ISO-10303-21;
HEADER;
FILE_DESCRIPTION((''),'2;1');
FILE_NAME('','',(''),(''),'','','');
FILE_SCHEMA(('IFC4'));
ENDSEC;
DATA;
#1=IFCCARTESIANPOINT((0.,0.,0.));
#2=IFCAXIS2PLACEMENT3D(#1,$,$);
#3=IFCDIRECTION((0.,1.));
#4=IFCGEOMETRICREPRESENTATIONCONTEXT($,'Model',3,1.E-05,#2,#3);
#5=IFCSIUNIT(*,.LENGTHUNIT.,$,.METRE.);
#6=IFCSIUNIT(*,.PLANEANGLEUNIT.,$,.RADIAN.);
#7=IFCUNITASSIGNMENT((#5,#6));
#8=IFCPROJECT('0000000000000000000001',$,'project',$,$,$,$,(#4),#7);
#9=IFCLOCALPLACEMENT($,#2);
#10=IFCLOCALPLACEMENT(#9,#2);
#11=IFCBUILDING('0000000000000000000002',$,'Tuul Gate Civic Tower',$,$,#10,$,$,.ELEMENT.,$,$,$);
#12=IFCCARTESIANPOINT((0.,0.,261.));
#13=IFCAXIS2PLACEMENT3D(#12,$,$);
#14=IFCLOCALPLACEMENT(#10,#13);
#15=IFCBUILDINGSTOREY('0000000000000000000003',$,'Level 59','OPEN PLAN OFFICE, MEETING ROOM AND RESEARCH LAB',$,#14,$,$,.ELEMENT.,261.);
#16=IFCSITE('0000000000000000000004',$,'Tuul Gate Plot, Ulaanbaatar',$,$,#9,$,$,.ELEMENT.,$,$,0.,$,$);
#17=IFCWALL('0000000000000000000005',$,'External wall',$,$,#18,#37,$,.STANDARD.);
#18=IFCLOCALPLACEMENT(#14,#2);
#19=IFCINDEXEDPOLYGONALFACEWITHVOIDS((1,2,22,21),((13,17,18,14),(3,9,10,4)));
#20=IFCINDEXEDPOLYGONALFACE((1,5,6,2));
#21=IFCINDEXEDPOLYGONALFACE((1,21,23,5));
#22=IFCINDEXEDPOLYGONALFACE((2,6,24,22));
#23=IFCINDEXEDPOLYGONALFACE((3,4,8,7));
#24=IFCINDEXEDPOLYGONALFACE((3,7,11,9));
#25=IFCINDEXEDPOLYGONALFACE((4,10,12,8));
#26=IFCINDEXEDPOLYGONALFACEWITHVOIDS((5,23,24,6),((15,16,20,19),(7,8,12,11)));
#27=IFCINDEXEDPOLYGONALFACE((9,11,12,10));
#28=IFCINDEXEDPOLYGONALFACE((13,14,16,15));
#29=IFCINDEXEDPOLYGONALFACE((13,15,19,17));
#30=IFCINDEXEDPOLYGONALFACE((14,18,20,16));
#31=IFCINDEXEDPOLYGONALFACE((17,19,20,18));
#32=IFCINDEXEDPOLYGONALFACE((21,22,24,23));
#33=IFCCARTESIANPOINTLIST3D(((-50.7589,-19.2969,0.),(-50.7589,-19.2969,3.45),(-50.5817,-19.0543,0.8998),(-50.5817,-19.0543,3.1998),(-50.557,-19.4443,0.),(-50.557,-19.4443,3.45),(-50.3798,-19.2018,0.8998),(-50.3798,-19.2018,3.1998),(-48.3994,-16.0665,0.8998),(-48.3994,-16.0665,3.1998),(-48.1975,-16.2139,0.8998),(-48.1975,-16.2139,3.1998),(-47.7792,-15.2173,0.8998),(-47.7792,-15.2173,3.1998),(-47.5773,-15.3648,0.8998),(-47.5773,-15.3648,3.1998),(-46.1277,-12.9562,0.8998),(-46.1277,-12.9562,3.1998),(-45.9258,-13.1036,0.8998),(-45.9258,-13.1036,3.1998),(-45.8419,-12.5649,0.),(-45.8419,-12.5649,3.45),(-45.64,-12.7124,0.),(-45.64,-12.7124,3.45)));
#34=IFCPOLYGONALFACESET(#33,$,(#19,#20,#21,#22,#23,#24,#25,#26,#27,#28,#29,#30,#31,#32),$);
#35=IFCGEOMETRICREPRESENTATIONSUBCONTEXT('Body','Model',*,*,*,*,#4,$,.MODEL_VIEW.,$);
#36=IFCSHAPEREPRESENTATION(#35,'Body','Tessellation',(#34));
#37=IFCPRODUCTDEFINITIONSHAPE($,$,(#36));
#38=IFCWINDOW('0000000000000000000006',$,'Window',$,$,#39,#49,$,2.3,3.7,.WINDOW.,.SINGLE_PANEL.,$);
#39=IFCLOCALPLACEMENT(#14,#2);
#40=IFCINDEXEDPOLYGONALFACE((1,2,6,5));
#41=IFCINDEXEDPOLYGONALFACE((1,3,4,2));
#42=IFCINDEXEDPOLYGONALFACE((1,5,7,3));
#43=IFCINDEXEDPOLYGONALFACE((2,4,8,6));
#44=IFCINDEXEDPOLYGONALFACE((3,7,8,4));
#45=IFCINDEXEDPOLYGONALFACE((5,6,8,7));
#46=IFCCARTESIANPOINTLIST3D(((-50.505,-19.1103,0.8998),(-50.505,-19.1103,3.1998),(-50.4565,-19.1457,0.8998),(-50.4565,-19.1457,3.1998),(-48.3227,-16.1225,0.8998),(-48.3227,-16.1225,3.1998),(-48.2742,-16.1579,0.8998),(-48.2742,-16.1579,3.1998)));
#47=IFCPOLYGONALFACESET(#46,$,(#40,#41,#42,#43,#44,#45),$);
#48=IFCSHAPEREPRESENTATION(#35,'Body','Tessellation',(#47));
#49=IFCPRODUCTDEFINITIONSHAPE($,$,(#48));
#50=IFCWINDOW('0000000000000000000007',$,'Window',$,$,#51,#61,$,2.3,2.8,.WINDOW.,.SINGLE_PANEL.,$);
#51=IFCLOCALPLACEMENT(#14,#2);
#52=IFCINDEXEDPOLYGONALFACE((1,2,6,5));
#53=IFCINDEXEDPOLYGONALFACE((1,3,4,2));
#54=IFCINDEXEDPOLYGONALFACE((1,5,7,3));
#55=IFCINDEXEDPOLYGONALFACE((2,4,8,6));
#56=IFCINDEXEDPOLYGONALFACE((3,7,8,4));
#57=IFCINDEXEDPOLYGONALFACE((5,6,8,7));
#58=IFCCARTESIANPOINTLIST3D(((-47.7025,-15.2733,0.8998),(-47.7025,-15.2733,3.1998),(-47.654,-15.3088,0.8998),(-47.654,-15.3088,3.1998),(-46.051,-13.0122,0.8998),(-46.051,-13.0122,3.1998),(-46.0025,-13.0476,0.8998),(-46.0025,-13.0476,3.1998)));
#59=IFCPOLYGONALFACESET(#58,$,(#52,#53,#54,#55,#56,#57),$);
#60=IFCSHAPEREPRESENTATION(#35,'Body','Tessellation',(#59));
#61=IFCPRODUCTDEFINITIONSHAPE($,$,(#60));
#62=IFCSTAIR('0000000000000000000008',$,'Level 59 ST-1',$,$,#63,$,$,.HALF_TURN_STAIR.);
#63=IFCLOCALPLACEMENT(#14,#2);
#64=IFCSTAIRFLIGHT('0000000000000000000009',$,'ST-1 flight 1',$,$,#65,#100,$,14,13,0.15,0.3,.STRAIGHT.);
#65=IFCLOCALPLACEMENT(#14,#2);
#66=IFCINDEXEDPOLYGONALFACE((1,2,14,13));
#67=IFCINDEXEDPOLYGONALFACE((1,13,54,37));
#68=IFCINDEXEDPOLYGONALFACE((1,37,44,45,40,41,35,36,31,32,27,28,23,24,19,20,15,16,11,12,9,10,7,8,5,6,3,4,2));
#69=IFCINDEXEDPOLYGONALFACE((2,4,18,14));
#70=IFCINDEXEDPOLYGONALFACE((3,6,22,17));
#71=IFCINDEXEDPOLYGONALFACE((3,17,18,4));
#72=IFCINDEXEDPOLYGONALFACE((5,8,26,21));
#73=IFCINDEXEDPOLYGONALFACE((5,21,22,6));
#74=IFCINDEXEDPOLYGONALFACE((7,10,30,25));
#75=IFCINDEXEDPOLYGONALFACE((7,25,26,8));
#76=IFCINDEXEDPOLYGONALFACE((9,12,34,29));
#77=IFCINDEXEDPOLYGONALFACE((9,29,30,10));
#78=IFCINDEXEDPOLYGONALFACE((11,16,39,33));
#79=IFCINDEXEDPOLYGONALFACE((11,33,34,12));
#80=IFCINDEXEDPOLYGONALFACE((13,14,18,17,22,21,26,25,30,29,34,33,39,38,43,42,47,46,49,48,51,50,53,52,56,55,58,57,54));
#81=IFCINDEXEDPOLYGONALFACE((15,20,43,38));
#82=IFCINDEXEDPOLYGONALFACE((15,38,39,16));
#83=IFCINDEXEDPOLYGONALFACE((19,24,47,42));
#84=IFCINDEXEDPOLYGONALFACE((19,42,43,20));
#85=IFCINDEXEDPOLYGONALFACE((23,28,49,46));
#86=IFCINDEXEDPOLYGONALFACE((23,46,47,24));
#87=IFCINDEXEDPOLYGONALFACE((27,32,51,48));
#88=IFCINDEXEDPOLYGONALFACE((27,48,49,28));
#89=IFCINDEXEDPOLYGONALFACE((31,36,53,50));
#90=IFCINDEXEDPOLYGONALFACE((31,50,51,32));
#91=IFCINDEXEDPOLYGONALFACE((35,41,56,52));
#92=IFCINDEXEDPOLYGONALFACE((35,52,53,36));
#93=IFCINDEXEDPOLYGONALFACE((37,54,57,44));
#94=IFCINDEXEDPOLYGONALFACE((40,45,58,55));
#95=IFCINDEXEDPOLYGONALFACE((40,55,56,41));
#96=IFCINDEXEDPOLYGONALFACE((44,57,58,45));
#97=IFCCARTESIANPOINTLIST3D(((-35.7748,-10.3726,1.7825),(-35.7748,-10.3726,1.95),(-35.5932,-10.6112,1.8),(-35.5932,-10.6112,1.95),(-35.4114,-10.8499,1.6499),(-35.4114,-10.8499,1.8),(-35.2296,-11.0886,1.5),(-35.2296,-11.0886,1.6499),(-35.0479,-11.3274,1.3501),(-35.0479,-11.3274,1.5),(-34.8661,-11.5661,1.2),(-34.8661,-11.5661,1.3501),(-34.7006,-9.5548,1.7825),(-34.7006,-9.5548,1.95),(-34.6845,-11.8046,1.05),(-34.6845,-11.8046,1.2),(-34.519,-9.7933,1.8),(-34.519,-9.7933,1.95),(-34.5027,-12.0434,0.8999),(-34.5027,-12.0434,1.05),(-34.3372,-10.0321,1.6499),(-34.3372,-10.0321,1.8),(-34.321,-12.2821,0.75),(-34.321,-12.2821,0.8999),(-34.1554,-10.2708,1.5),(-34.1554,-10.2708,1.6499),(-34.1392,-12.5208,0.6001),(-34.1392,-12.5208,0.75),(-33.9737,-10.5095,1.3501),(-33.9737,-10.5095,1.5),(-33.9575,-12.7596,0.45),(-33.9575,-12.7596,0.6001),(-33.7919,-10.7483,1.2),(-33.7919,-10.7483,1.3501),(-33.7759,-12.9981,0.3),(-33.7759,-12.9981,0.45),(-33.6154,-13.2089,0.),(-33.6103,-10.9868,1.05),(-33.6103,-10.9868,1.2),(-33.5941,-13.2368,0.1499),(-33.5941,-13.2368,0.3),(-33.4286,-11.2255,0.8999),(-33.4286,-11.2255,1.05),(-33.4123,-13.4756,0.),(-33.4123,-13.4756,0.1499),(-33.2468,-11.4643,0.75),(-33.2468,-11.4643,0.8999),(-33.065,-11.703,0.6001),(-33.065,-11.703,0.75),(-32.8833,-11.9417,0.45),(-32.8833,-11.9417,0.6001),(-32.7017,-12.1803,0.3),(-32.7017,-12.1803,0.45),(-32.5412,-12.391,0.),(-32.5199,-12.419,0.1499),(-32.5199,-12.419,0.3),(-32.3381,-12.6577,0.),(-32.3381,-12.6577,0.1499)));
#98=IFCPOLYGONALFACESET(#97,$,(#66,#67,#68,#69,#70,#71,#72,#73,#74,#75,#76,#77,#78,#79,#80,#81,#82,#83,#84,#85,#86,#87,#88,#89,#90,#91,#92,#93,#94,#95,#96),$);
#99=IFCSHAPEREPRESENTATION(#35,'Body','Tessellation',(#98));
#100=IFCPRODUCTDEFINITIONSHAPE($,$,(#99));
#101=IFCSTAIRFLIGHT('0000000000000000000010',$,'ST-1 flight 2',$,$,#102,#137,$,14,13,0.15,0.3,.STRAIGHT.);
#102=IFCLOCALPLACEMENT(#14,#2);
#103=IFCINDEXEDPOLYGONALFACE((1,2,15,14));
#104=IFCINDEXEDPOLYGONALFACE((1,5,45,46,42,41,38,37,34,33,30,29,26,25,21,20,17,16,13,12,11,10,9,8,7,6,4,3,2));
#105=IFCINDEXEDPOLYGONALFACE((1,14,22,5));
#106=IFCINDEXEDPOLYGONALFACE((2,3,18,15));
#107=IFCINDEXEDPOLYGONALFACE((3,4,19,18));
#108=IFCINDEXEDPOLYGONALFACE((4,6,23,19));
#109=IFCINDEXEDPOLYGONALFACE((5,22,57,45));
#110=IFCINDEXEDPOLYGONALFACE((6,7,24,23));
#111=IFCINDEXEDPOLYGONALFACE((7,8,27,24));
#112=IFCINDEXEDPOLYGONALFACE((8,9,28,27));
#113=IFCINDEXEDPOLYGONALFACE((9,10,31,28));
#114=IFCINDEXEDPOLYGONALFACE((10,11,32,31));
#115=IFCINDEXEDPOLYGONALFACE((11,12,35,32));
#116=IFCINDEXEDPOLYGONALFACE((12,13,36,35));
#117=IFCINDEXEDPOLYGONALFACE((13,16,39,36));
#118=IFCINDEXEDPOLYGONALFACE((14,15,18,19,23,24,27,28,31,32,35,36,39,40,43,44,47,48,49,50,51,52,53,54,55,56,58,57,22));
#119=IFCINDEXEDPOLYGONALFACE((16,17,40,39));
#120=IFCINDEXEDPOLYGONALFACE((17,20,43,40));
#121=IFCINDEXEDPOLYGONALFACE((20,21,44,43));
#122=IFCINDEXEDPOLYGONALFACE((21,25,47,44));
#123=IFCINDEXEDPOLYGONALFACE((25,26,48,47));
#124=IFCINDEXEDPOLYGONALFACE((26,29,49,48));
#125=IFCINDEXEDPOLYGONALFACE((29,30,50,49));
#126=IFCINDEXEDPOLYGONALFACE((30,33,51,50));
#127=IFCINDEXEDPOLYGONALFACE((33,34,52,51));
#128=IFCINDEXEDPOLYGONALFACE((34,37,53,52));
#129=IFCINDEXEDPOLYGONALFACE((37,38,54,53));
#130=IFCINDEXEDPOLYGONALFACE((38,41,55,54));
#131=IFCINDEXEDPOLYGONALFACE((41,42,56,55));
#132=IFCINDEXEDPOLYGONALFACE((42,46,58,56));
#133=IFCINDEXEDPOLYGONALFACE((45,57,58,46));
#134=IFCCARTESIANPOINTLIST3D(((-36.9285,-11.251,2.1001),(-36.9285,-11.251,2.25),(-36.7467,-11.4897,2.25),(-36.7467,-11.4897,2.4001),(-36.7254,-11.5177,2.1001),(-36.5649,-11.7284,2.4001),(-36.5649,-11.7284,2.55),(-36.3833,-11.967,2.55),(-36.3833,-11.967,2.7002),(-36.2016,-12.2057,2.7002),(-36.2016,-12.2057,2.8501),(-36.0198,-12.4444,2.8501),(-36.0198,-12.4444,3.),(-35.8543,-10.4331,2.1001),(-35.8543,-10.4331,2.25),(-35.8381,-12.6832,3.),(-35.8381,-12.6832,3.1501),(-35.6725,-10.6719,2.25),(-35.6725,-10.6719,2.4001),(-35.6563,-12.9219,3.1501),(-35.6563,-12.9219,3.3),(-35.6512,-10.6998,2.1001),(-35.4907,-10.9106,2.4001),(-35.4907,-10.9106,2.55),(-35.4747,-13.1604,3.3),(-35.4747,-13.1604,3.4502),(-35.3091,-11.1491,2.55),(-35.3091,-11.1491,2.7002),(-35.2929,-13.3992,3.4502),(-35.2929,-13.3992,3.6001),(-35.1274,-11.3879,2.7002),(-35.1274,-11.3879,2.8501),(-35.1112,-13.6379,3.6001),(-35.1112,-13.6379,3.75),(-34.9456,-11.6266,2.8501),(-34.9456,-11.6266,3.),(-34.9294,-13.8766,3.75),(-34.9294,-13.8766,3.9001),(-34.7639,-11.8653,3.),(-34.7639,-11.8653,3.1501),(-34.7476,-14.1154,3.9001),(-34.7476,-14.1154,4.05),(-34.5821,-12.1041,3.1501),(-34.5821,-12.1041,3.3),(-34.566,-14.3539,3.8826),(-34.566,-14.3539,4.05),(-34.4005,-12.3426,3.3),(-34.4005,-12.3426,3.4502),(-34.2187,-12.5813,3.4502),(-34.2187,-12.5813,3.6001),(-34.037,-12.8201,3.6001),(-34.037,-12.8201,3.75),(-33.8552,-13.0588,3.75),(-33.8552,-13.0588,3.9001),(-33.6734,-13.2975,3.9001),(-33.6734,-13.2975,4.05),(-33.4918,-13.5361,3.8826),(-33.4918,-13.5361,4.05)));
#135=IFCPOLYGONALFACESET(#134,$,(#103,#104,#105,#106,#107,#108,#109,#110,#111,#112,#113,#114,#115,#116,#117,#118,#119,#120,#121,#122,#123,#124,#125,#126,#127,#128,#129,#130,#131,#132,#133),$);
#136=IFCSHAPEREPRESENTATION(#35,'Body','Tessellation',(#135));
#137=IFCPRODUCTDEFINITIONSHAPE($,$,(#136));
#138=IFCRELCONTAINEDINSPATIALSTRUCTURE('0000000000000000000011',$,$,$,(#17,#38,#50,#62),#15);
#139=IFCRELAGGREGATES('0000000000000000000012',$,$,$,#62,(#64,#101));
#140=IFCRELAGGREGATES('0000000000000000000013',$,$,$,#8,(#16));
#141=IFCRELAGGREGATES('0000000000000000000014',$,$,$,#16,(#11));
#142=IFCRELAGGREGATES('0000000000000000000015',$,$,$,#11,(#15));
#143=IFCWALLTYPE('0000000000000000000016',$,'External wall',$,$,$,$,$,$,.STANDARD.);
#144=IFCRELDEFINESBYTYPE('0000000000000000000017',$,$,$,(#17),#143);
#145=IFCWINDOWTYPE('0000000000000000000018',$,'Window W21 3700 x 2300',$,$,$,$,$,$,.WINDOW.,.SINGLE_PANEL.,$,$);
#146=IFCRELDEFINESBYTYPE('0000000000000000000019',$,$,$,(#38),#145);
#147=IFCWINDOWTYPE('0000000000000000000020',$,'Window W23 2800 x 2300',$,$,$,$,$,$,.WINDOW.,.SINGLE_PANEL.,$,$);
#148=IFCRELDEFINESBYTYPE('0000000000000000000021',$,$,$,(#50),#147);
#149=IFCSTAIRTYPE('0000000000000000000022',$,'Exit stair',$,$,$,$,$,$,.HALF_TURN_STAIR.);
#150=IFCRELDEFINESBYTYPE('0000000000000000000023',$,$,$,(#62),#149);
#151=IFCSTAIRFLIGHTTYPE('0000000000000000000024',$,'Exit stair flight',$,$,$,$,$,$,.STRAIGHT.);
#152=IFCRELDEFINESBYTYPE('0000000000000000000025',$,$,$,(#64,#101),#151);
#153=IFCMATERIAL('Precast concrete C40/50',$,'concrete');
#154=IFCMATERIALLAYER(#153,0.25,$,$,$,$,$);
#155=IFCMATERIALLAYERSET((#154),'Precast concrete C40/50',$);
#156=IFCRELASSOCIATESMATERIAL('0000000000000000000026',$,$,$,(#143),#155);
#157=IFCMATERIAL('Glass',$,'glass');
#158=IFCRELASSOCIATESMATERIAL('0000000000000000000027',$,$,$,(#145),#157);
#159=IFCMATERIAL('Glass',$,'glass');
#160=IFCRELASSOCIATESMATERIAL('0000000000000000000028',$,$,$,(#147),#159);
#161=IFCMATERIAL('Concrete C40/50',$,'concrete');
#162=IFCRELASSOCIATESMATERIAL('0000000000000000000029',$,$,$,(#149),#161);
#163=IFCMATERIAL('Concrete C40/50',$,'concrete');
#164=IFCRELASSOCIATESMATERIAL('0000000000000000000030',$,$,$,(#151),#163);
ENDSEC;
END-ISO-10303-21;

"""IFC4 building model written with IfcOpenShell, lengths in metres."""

from ifc_helpers import new_model, si_unit, direction, frame, frame_2d, origin, place, context, subcontext, project, spatial, polyline, rectangle, outline, extrude, material, layer, layer_set, type_object, element, fill, aggregate, save


model = new_model("IFC4")

# Units and contexts
model_context = context("Model", 3, precision=1e-05, world=origin(), true_north=direction((0.0, 1.0)))
body_context = subcontext(model_context, "Body", "Model", "MODEL_VIEW")
ifc_project = project(units=[si_unit("LENGTHUNIT", "METRE"), si_unit("PLANEANGLEUNIT", "RADIAN")], contexts=[model_context])

# Site, building, storey
site_placement = place(None, origin())
site = spatial("IfcSite", under=ifc_project, at=site_placement, Name="Tuul Gate Plot, Ulaanbaatar", CompositionType="ELEMENT", RefElevation=0.0)
building_placement = place(site_placement, origin())
building = spatial("IfcBuilding", under=site, at=building_placement, Name="Tuul Gate Civic Tower", CompositionType="ELEMENT")
storey_placement = place(building_placement, frame((0.0, 0.0, 261.0)))
storey = spatial("IfcBuildingStorey", under=building, at=storey_placement, Name="Level 59", Description="OPEN PLAN OFFICE, MEETING ROOM AND RESEARCH LAB", CompositionType="ELEMENT", Elevation=261.0)

# Wall, openings, windows
ifc_material_1 = material(Name="Precast concrete C40/50", Category="concrete")
ifc_layer_1 = layer(ifc_material_1, 0.25)
ifc_layer_set_1 = layer_set([ifc_layer_1], Name="Precast concrete C40/50")
wall_type_1 = type_object("IfcWallType", Name="External wall", PredefinedType="STANDARD", material=ifc_layer_set_1)
wall_1_placement = place(storey_placement, frame((-45.741, -12.6387, 0.0), z_axis=(0.0, 0.0, 1.0), x_axis=(-0.589821, -0.807534, 0.0)))
wall_1 = element("IfcWall", 1, at=wall_1_placement, inside=storey, type_object=wall_type_1, Name="External wall", PredefinedType="STANDARD", context=body_context, shape_type="SweptSolid", body=[
    extrude(rectangle(XDim=8.3364, YDim=0.25, at=frame_2d((4.1682, 0.0))), origin(), (0.0, 0.0, 1.0), 3.45),
])
opening_1_placement = place(wall_1_placement, frame((0.4846, 0.0, 0.8999)))
opening_1 = element("IfcOpeningElement", 2, at=opening_1_placement, cuts=wall_1, PredefinedType="OPENING", context=body_context, shape_type="SweptSolid", body=[
    extrude(rectangle(XDim=2.8, YDim=2.3, at=frame_2d((1.3999, 1.1499))), frame((0.0, 0.135, 0.0), z_axis=(0.0, -1.0, 0.0), x_axis=(1.0, 0.0, 0.0)), (0.0, 0.0, 1.0), 0.27),
])
opening_2_placement = place(wall_1_placement, frame((4.3359, 0.0, 0.8999)))
opening_2 = element("IfcOpeningElement", 3, at=opening_2_placement, cuts=wall_1, PredefinedType="OPENING", context=body_context, shape_type="SweptSolid", body=[
    extrude(rectangle(XDim=3.7, YDim=2.3, at=frame_2d((1.8501, 1.1499))), frame((0.0, 0.135, 0.0), z_axis=(0.0, -1.0, 0.0), x_axis=(1.0, 0.0, 0.0)), (0.0, 0.0, 1.0), 0.27),
])
ifc_material_2 = material(Name="Glass", Category="glass")
window_type_1 = type_object("IfcWindowType", Name="Window W21 3700 x 2300", PartitioningType="SINGLE_PANEL", PredefinedType="WINDOW", material=ifc_material_2)
window_1_placement = place(opening_2_placement, origin())
window_1 = element("IfcWindow", 4, at=window_1_placement, inside=storey, type_object=window_type_1, Name="Window", OverallHeight=2.3, OverallWidth=3.7, PartitioningType="SINGLE_PANEL", PredefinedType="WINDOW", context=body_context, shape_type="SweptSolid", body=[
    extrude(rectangle(XDim=3.7, YDim=2.3, at=frame_2d((1.8501, 1.1499))), frame((0.0, 0.03, 0.0), z_axis=(0.0, -1.0, 0.0), x_axis=(1.0, 0.0, 0.0)), (0.0, 0.0, 1.0), 0.0601),
])
fill(opening_2, window_1)
ifc_material_3 = material(Name="Glass", Category="glass")
window_type_2 = type_object("IfcWindowType", Name="Window W23 2800 x 2300", PartitioningType="SINGLE_PANEL", PredefinedType="WINDOW", material=ifc_material_3)
window_2_placement = place(opening_1_placement, origin())
window_2 = element("IfcWindow", 5, at=window_2_placement, inside=storey, type_object=window_type_2, Name="Window", OverallHeight=2.3, OverallWidth=2.8, PartitioningType="SINGLE_PANEL", PredefinedType="WINDOW", context=body_context, shape_type="SweptSolid", body=[
    extrude(rectangle(XDim=2.8, YDim=2.3, at=frame_2d((1.3999, 1.1499))), frame((0.0, 0.03, 0.0), z_axis=(0.0, -1.0, 0.0), x_axis=(1.0, 0.0, 0.0)), (0.0, 0.0, 1.0), 0.0601),
])
fill(opening_1, window_2)

# Stair, stair flights
ifc_material_4 = material(Name="Concrete C40/50", Category="concrete")
stair_type = type_object("IfcStairType", Name="Exit stair", PredefinedType="HALF_TURN_STAIR", material=ifc_material_4)
stair_placement = place(storey_placement, origin())
stair = element("IfcStair", 6, at=stair_placement, inside=storey, type_object=stair_type, Name="Level 59 ST-1", PredefinedType="HALF_TURN_STAIR")
ifc_material_5 = material(Name="Concrete C40/50", Category="concrete")
stair_flight_type = type_object("IfcStairFlightType", Name="Exit stair flight", PredefinedType="STRAIGHT", material=ifc_material_5)
stair_flight_1_placement = place(storey_placement, frame((-32.8752, -13.0667, 0.0), z_axis=(0.0, 0.0, 1.0), x_axis=(-0.605764, 0.795644, 0.0)))
stair_flight_1 = element("IfcStairFlight", 7, at=stair_flight_1_placement, type_object=stair_flight_type, Name="ST-1 flight 1", NumberOfRisers=14, NumberOfTreads=13, PredefinedType="STRAIGHT", RiserHeight=0.15, TreadLength=0.3, context=body_context, shape_type="SweptSolid", body=[
    extrude(outline(polyline([(0.0, 0.0), (0.0, 0.1499), (0.3, 0.1499), (0.3, 0.3), (0.6001, 0.3), (0.6001, 0.45), (0.8999, 0.45), (0.8999, 0.6001), (1.2, 0.6001), (1.2, 0.75), (1.5, 0.75), (1.5, 0.8999), (1.8, 0.8999), (1.8, 1.05), (2.1001, 1.05), (2.1001, 1.2), (2.3999, 1.2), (2.3999, 1.3501), (2.7, 1.3501), (2.7, 1.5), (3.0, 1.5), (3.0, 1.6499), (3.3, 1.6499), (3.3, 1.8), (3.6001, 1.8), (3.6001, 1.95), (3.8999, 1.95), (3.8999, 2.1001), (3.8999, 1.7825), (0.3352, 0.0), (0.0, 0.0)])), frame((0.0, 0.675, 0.0), z_axis=(0.0, -1.0, 0.0), x_axis=(1.0, 0.0, 0.0)), (0.0, 0.0, 1.0), 1.3501),
])
stair_flight_2_placement = place(storey_placement, frame((-36.3914, -10.842, 2.1001), z_axis=(0.0, 0.0, 1.0), x_axis=(0.605764, -0.795644, 0.0)))
stair_flight_2 = element("IfcStairFlight", 8, at=stair_flight_2_placement, type_object=stair_flight_type, Name="ST-1 flight 2", NumberOfRisers=14, NumberOfTreads=13, PredefinedType="STRAIGHT", RiserHeight=0.15, TreadLength=0.3, context=body_context, shape_type="SweptSolid", body=[
    extrude(outline(polyline([(0.0, 0.0), (0.0, 0.1499), (0.3, 0.1499), (0.3, 0.3), (0.6001, 0.3), (0.6001, 0.45), (0.8999, 0.45), (0.8999, 0.6001), (1.2, 0.6001), (1.2, 0.75), (1.5, 0.75), (1.5, 0.8999), (1.8, 0.8999), (1.8, 1.05), (2.1001, 1.05), (2.1001, 1.2), (2.3999, 1.2), (2.3999, 1.3501), (2.7, 1.3501), (2.7, 1.5), (3.0, 1.5), (3.0, 1.6499), (3.3, 1.6499), (3.3, 1.8), (3.6001, 1.8), (3.6001, 1.95), (3.8999, 1.95), (3.8999, 2.1001), (3.8999, 1.7825), (0.3352, 0.0), (0.0, 0.0)])), frame((0.0, 0.675, 0.0), z_axis=(0.0, -1.0, 0.0), x_axis=(1.0, 0.0, 0.0)), (0.0, 0.0, 1.0), 1.3501),
])
aggregate(stair, [stair_flight_1, stair_flight_2])

save(model, "model.ifc")
